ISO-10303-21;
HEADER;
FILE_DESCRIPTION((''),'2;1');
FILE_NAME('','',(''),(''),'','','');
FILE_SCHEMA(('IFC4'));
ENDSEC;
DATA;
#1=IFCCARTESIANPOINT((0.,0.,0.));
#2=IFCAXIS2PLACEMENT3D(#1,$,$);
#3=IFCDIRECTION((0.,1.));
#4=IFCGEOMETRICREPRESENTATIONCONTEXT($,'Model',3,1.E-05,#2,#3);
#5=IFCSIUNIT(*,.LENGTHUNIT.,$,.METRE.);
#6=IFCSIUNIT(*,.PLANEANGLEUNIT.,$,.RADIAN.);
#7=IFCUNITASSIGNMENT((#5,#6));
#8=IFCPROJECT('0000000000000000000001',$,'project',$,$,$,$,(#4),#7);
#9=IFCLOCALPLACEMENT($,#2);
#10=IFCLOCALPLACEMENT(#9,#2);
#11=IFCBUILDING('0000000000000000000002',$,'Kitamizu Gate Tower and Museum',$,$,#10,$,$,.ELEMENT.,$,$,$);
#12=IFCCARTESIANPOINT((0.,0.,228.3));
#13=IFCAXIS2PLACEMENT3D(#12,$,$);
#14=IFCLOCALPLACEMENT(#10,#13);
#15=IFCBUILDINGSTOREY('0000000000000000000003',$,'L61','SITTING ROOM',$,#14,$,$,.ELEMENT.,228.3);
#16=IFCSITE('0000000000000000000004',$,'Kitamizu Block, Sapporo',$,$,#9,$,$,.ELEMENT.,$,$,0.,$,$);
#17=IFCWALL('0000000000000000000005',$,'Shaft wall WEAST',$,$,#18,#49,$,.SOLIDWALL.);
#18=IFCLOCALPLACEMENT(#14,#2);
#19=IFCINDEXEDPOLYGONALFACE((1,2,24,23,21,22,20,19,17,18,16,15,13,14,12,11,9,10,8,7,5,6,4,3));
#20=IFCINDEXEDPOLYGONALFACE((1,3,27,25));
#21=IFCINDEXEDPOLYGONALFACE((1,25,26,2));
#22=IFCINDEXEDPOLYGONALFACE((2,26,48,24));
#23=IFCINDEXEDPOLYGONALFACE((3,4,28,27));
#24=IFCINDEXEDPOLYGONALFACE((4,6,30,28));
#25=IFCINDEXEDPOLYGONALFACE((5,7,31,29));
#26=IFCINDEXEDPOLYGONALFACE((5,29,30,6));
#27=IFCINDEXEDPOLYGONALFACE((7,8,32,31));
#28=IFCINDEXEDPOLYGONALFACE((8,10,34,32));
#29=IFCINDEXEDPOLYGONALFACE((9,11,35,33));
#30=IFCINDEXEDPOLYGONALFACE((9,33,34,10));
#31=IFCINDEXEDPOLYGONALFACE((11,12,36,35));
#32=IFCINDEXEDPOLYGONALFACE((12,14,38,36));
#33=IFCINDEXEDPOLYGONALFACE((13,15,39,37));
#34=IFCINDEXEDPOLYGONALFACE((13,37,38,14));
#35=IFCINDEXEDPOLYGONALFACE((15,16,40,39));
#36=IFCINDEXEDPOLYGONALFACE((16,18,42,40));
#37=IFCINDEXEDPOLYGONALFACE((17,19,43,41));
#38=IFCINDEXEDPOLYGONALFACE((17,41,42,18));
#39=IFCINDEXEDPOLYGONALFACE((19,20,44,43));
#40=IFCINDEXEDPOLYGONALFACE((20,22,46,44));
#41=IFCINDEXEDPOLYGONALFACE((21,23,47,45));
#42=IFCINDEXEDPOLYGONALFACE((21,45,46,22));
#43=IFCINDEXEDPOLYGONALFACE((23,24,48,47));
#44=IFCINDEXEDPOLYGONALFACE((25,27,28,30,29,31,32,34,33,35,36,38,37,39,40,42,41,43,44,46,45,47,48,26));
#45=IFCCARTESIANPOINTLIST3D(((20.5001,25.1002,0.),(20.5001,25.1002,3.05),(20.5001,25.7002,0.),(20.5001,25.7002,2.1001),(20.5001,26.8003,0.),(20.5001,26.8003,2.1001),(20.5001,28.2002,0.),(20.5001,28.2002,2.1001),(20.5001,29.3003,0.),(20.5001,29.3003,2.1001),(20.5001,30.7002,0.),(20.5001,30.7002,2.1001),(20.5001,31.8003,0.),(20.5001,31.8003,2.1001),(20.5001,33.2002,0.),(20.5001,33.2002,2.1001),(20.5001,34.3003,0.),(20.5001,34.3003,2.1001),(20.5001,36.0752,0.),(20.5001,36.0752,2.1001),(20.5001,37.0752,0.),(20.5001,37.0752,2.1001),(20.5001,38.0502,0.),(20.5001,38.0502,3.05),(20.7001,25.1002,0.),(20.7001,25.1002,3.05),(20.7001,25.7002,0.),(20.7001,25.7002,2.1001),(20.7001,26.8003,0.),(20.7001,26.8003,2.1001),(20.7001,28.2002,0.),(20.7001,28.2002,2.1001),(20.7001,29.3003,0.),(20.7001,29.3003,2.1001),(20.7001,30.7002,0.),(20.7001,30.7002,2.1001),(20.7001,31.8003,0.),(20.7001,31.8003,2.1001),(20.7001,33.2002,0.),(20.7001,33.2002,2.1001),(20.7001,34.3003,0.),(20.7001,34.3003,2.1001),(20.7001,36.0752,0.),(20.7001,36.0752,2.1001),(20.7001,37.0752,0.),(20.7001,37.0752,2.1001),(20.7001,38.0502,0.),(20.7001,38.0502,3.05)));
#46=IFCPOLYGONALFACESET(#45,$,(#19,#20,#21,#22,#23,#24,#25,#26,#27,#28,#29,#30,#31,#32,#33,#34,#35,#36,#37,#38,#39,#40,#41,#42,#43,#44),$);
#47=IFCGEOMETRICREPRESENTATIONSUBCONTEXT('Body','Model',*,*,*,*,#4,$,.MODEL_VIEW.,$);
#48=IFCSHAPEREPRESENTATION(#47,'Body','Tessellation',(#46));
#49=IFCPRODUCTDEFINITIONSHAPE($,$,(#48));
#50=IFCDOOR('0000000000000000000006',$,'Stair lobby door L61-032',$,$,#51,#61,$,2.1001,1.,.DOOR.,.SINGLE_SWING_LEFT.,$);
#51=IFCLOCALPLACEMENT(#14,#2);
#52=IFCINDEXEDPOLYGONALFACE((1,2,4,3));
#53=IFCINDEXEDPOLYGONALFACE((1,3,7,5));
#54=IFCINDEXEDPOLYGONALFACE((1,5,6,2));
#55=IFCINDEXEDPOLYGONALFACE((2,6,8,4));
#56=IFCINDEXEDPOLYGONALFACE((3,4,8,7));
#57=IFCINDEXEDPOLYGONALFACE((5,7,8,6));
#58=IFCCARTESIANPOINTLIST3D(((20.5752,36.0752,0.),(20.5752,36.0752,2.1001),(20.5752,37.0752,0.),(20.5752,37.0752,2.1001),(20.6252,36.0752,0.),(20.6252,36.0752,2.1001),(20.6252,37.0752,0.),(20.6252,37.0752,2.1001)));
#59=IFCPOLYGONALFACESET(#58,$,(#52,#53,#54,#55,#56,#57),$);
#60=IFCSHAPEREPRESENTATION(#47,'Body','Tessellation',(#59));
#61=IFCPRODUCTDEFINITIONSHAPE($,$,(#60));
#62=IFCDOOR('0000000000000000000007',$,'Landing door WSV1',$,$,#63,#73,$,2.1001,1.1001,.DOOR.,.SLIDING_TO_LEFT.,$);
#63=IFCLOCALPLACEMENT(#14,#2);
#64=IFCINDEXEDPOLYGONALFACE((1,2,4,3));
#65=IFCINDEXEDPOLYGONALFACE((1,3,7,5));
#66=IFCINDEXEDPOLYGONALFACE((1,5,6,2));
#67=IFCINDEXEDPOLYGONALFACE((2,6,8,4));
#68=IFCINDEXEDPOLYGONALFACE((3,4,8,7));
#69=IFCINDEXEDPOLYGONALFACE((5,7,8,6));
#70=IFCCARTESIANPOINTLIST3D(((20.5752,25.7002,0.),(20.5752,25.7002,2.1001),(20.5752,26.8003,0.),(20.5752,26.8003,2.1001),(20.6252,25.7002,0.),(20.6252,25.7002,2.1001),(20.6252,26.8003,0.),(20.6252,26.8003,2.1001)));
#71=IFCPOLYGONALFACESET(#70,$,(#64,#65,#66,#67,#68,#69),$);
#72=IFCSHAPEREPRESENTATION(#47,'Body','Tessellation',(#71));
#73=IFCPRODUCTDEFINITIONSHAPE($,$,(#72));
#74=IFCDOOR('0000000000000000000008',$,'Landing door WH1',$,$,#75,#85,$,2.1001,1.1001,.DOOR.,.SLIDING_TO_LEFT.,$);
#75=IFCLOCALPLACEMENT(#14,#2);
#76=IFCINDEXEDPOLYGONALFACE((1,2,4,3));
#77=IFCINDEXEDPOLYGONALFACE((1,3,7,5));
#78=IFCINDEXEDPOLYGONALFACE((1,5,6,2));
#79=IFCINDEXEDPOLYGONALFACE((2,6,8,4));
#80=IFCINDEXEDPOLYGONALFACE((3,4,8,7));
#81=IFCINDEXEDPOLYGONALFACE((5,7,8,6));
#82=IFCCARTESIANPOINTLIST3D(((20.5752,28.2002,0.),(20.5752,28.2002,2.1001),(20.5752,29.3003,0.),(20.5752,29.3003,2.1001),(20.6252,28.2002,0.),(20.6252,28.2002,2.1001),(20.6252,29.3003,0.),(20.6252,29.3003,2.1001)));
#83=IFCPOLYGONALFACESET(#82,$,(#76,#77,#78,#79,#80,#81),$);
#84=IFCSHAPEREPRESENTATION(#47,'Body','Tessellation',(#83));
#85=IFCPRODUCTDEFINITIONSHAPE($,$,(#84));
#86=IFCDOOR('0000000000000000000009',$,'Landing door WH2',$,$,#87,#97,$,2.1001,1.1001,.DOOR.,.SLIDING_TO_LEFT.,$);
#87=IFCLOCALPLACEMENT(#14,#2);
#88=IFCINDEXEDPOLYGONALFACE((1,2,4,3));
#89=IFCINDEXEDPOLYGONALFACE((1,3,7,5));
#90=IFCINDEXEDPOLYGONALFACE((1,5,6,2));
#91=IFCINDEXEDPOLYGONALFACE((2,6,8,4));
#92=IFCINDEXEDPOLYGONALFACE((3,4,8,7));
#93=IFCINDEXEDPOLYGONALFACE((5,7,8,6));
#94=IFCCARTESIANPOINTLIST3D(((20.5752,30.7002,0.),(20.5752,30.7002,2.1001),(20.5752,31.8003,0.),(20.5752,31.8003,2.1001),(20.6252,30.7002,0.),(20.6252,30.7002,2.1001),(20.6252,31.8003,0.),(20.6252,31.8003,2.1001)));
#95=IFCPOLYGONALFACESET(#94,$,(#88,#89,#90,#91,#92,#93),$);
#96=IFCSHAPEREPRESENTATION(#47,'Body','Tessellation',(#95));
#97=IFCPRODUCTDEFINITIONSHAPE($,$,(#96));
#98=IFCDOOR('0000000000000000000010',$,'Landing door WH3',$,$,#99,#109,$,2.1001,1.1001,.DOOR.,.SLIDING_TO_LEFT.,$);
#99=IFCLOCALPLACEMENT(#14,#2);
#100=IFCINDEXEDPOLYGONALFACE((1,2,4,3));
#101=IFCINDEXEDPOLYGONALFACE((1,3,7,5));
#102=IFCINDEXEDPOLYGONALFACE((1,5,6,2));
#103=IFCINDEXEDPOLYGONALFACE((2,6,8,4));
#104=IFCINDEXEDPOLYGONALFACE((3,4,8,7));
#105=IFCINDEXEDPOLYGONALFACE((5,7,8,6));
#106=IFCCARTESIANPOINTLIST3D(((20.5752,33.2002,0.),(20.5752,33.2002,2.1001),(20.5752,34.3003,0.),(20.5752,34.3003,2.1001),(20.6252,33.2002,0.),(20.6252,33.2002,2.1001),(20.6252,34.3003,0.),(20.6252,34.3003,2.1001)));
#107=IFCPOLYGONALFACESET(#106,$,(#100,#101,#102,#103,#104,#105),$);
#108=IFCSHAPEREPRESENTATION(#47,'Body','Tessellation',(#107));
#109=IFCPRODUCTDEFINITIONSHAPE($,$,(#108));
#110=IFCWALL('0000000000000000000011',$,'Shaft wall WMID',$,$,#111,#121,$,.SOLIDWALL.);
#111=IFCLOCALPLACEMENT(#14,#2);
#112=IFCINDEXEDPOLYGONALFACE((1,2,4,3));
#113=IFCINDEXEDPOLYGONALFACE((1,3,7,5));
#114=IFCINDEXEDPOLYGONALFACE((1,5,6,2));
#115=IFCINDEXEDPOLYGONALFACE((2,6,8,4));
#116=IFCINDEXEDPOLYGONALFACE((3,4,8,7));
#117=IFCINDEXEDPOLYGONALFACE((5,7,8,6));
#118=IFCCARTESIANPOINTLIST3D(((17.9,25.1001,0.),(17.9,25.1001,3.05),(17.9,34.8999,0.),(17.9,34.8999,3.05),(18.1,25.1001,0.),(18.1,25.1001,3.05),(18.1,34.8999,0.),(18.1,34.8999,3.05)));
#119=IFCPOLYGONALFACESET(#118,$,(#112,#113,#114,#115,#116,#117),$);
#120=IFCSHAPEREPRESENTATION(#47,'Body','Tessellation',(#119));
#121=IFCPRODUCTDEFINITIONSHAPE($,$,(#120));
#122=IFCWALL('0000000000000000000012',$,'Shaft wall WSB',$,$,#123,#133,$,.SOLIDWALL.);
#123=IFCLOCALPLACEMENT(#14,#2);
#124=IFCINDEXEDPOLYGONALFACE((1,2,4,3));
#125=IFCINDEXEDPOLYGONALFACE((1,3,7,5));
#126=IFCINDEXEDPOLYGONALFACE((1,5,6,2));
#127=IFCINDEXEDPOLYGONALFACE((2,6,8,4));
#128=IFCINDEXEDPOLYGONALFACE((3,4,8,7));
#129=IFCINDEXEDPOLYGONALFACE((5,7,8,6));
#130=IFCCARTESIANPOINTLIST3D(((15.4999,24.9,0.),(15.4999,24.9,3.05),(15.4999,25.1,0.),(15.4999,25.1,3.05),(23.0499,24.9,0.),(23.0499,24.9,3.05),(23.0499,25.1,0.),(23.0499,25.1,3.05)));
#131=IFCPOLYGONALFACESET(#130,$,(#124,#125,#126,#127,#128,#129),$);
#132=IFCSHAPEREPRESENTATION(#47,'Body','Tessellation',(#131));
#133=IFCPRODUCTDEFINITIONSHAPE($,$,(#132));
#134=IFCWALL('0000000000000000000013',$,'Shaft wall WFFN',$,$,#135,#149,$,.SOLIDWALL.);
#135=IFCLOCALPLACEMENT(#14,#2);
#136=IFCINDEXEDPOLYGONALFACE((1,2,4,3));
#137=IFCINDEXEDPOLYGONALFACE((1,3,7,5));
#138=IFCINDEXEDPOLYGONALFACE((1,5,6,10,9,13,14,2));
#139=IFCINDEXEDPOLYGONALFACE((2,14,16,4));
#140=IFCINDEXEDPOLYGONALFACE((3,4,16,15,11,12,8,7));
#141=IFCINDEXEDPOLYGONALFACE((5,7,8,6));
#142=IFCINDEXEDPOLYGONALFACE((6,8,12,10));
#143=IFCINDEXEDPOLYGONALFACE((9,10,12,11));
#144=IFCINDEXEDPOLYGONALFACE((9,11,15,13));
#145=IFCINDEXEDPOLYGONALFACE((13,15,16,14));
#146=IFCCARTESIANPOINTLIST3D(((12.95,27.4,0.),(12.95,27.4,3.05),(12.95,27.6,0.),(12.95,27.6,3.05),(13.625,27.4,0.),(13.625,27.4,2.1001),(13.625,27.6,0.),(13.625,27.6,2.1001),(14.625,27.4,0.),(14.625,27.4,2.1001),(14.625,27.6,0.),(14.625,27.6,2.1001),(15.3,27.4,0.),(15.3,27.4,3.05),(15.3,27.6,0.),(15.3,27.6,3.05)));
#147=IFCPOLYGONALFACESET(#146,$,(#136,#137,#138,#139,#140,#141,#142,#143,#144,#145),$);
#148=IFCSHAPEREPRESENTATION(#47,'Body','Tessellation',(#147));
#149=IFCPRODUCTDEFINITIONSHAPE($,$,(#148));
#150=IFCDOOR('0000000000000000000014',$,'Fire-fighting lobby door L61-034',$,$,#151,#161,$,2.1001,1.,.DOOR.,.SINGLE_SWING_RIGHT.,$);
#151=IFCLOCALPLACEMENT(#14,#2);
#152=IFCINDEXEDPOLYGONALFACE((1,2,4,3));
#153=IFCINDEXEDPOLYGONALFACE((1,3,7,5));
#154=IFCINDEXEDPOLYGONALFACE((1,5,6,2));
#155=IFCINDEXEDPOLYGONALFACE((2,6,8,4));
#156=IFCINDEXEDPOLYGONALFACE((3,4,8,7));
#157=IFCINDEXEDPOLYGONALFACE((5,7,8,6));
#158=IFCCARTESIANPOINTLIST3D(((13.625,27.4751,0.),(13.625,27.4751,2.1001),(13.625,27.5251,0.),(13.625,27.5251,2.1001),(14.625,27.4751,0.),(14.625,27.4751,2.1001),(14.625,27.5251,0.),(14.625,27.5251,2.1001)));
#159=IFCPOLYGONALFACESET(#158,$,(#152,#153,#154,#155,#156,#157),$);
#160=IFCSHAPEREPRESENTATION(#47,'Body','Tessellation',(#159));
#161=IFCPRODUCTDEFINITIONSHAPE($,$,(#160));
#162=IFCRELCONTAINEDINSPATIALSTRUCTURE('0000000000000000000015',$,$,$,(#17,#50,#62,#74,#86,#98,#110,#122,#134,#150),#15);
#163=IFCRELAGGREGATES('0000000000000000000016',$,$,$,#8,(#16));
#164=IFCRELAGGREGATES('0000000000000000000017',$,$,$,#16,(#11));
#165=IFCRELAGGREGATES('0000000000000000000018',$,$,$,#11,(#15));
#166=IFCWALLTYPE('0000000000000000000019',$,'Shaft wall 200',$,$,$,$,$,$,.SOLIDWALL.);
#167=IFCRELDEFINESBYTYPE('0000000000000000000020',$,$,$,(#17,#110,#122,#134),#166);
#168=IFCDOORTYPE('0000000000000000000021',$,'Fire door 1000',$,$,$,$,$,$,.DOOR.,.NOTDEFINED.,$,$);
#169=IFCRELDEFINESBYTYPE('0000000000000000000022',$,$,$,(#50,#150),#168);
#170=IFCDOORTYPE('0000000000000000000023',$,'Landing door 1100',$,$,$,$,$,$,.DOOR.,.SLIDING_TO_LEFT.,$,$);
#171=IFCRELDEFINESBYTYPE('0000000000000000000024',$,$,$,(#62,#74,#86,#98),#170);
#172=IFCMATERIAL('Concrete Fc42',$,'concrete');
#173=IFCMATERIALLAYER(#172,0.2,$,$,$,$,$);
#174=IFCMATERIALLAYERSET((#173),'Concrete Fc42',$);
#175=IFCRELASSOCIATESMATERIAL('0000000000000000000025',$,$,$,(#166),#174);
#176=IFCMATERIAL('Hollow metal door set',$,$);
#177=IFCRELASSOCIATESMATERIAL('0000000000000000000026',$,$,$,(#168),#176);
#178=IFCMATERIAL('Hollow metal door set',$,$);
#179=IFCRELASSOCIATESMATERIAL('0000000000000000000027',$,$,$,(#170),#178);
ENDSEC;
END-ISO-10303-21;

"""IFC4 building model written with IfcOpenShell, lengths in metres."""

from ifc_helpers import new_model, si_unit, direction, frame, frame_2d, origin, place, context, subcontext, project, spatial, rectangle, extrude, material, layer, layer_set, type_object, element, fill, save


model = new_model("IFC4")

# Units and contexts
model_context = context("Model", 3, precision=1e-05, world=origin(), true_north=direction((0.0, 1.0)))
body_context = subcontext(model_context, "Body", "Model", "MODEL_VIEW")
ifc_project = project(units=[si_unit("LENGTHUNIT", "METRE"), si_unit("PLANEANGLEUNIT", "RADIAN")], contexts=[model_context])

# Site, building, storey
site_placement = place(None, origin())
site = spatial("IfcSite", under=ifc_project, at=site_placement, Name="Kitamizu Block, Sapporo", CompositionType="ELEMENT", RefElevation=0.0)
building_placement = place(site_placement, origin())
building = spatial("IfcBuilding", under=site, at=building_placement, Name="Kitamizu Gate Tower and Museum", CompositionType="ELEMENT")
storey_placement = place(building_placement, frame((0.0, 0.0, 228.3)))
storey = spatial("IfcBuildingStorey", under=building, at=storey_placement, Name="L61", Description="SITTING ROOM", CompositionType="ELEMENT", Elevation=228.3)

# Wall, openings, doors
ifc_material_1 = material(Name="Concrete Fc42", Category="concrete")
ifc_layer_1 = layer(ifc_material_1, 0.2)
ifc_layer_set_1 = layer_set([ifc_layer_1], Name="Concrete Fc42")
wall_type_1 = type_object("IfcWallType", Name="Shaft wall 200", PredefinedType="SOLIDWALL", material=ifc_layer_set_1)
ifc_material_2 = material(Name="Hollow metal door set")
door_type_1 = type_object("IfcDoorType", Name="Fire door 1000", OperationType="NOTDEFINED", PredefinedType="DOOR", material=ifc_material_2)
ifc_material_3 = material(Name="Hollow metal door set")
door_type_2 = type_object("IfcDoorType", Name="Landing door 1100", OperationType="SLIDING_TO_LEFT", PredefinedType="DOOR", material=ifc_material_3)
wall_1_placement = place(storey_placement, frame((20.6001, 25.1001, 0.0), z_axis=(0.0, 0.0, 1.0), x_axis=(0.0, 1.0, 0.0)))
wall_1 = element("IfcWall", 1, at=wall_1_placement, inside=storey, type_object=wall_type_1, Name="Shaft wall WEAST", PredefinedType="SOLIDWALL", context=body_context, shape_type="SweptSolid", body=[
    extrude(rectangle(XDim=12.95, YDim=0.2, at=frame_2d((6.4751, 0.0))), origin(), (0.0, 0.0, 1.0), 3.05),
])
opening_1_placement = place(wall_1_placement, frame((0.6001, 0.0, 0.0)))
opening_1 = element("IfcOpeningElement", 2, at=opening_1_placement, cuts=wall_1, PredefinedType="OPENING", context=body_context, shape_type="SweptSolid", body=[
    extrude(rectangle(XDim=1.1001, YDim=2.1001, at=frame_2d((0.55, 1.05))), frame((0.0, 0.1099, 0.0), z_axis=(0.0, -1.0, 0.0), x_axis=(1.0, 0.0, 0.0)), (0.0, 0.0, 1.0), 0.22),
])
opening_2_placement = place(wall_1_placement, frame((3.1001, 0.0, 0.0)))
opening_2 = element("IfcOpeningElement", 3, at=opening_2_placement, cuts=wall_1, PredefinedType="OPENING", context=body_context, shape_type="SweptSolid", body=[
    extrude(rectangle(XDim=1.1001, YDim=2.1001, at=frame_2d((0.55, 1.05))), frame((0.0, 0.1099, 0.0), z_axis=(0.0, -1.0, 0.0), x_axis=(1.0, 0.0, 0.0)), (0.0, 0.0, 1.0), 0.22),
])
opening_3_placement = place(wall_1_placement, frame((5.6001, 0.0, 0.0)))
opening_3 = element("IfcOpeningElement", 4, at=opening_3_placement, cuts=wall_1, PredefinedType="OPENING", context=body_context, shape_type="SweptSolid", body=[
    extrude(rectangle(XDim=1.1001, YDim=2.1001, at=frame_2d((0.55, 1.05))), frame((0.0, 0.1099, 0.0), z_axis=(0.0, -1.0, 0.0), x_axis=(1.0, 0.0, 0.0)), (0.0, 0.0, 1.0), 0.22),
])
opening_4_placement = place(wall_1_placement, frame((8.1001, 0.0, 0.0)))
opening_4 = element("IfcOpeningElement", 5, at=opening_4_placement, cuts=wall_1, PredefinedType="OPENING", context=body_context, shape_type="SweptSolid", body=[
    extrude(rectangle(XDim=1.1001, YDim=2.1001, at=frame_2d((0.55, 1.05))), frame((0.0, 0.1099, 0.0), z_axis=(0.0, -1.0, 0.0), x_axis=(1.0, 0.0, 0.0)), (0.0, 0.0, 1.0), 0.22),
])
opening_5_placement = place(wall_1_placement, frame((10.9751, 0.0, 0.0)))
opening_5 = element("IfcOpeningElement", 6, at=opening_5_placement, cuts=wall_1, PredefinedType="OPENING", context=body_context, shape_type="SweptSolid", body=[
    extrude(rectangle(XDim=1.0, YDim=2.1001, at=frame_2d((0.5, 1.05))), frame((0.0, 0.1099, 0.0), z_axis=(0.0, -1.0, 0.0), x_axis=(1.0, 0.0, 0.0)), (0.0, 0.0, 1.0), 0.22),
])
door_1_placement = place(opening_5_placement, origin())
door_1 = element("IfcDoor", 7, at=door_1_placement, inside=storey, type_object=door_type_1, Name="Stair lobby door L61-032", OperationType="SINGLE_SWING_LEFT", OverallHeight=2.1001, OverallWidth=1.0, PredefinedType="DOOR", context=body_context, shape_type="SweptSolid", body=[
    extrude(rectangle(XDim=1.0, YDim=2.1001, at=frame_2d((0.5, 1.05))), frame((0.0, 0.0249, 0.0), z_axis=(0.0, -1.0, 0.0), x_axis=(1.0, 0.0, 0.0)), (0.0, 0.0, 1.0), 0.05),
])
fill(opening_5, door_1)
door_2_placement = place(opening_1_placement, origin())
door_2 = element("IfcDoor", 8, at=door_2_placement, inside=storey, type_object=door_type_2, Name="Landing door WSV1", OperationType="SLIDING_TO_LEFT", OverallHeight=2.1001, OverallWidth=1.1001, PredefinedType="DOOR", context=body_context, shape_type="SweptSolid", body=[
    extrude(rectangle(XDim=1.1001, YDim=2.1001, at=frame_2d((0.55, 1.05))), frame((0.0, 0.0249, 0.0), z_axis=(0.0, -1.0, 0.0), x_axis=(1.0, 0.0, 0.0)), (0.0, 0.0, 1.0), 0.05),
])
fill(opening_1, door_2)
door_3_placement = place(opening_2_placement, origin())
door_3 = element("IfcDoor", 9, at=door_3_placement, inside=storey, type_object=door_type_2, Name="Landing door WH1", OperationType="SLIDING_TO_LEFT", OverallHeight=2.1001, OverallWidth=1.1001, PredefinedType="DOOR", context=body_context, shape_type="SweptSolid", body=[
    extrude(rectangle(XDim=1.1001, YDim=2.1001, at=frame_2d((0.55, 1.05))), frame((0.0, 0.0249, 0.0), z_axis=(0.0, -1.0, 0.0), x_axis=(1.0, 0.0, 0.0)), (0.0, 0.0, 1.0), 0.05),
])
fill(opening_2, door_3)
door_4_placement = place(opening_3_placement, origin())
door_4 = element("IfcDoor", 10, at=door_4_placement, inside=storey, type_object=door_type_2, Name="Landing door WH2", OperationType="SLIDING_TO_LEFT", OverallHeight=2.1001, OverallWidth=1.1001, PredefinedType="DOOR", context=body_context, shape_type="SweptSolid", body=[
    extrude(rectangle(XDim=1.1001, YDim=2.1001, at=frame_2d((0.55, 1.05))), frame((0.0, 0.0249, 0.0), z_axis=(0.0, -1.0, 0.0), x_axis=(1.0, 0.0, 0.0)), (0.0, 0.0, 1.0), 0.05),
])
fill(opening_3, door_4)
door_5_placement = place(opening_4_placement, origin())
door_5 = element("IfcDoor", 11, at=door_5_placement, inside=storey, type_object=door_type_2, Name="Landing door WH3", OperationType="SLIDING_TO_LEFT", OverallHeight=2.1001, OverallWidth=1.1001, PredefinedType="DOOR", context=body_context, shape_type="SweptSolid", body=[
    extrude(rectangle(XDim=1.1001, YDim=2.1001, at=frame_2d((0.55, 1.05))), frame((0.0, 0.0249, 0.0), z_axis=(0.0, -1.0, 0.0), x_axis=(1.0, 0.0, 0.0)), (0.0, 0.0, 1.0), 0.05),
])
fill(opening_4, door_5)

# Walls
wall_2_placement = place(storey_placement, frame((18.0, 25.1001, 0.0), z_axis=(0.0, 0.0, 1.0), x_axis=(0.0, 1.0, 0.0)))
element("IfcWall", 12, at=wall_2_placement, inside=storey, type_object=wall_type_1, Name="Shaft wall WMID", PredefinedType="SOLIDWALL", context=body_context, shape_type="SweptSolid", body=[
    extrude(rectangle(XDim=9.7998, YDim=0.2, at=frame_2d((4.8999, 0.0))), origin(), (0.0, 0.0, 1.0), 3.05),
])
wall_3_placement = place(storey_placement, frame((15.5, 25.0, 0.0), z_axis=(0.0, 0.0, 1.0), x_axis=(1.0, 0.0, 0.0)))
element("IfcWall", 13, at=wall_3_placement, inside=storey, type_object=wall_type_1, Name="Shaft wall WSB", PredefinedType="SOLIDWALL", context=body_context, shape_type="SweptSolid", body=[
    extrude(rectangle(XDim=7.55, YDim=0.2, at=frame_2d((3.7749, 0.0))), origin(), (0.0, 0.0, 1.0), 3.05),
])

# Wall, opening, door
wall_4_placement = place(storey_placement, frame((12.95, 27.5, 0.0), z_axis=(0.0, 0.0, 1.0), x_axis=(1.0, 0.0, 0.0)))
wall_4 = element("IfcWall", 14, at=wall_4_placement, inside=storey, type_object=wall_type_1, Name="Shaft wall WFFN", PredefinedType="SOLIDWALL", context=body_context, shape_type="SweptSolid", body=[
    extrude(rectangle(XDim=2.3501, YDim=0.2, at=frame_2d((1.175, 0.0))), origin(), (0.0, 0.0, 1.0), 3.05),
])
opening_6_placement = place(wall_4_placement, frame((0.675, 0.0, 0.0)))
opening_6 = element("IfcOpeningElement", 15, at=opening_6_placement, cuts=wall_4, PredefinedType="OPENING", context=body_context, shape_type="SweptSolid", body=[
    extrude(rectangle(XDim=1.0, YDim=2.1001, at=frame_2d((0.5, 1.05))), frame((0.0, 0.1099, 0.0), z_axis=(0.0, -1.0, 0.0), x_axis=(1.0, 0.0, 0.0)), (0.0, 0.0, 1.0), 0.22),
])
door_6_placement = place(opening_6_placement, frame((1.0, 0.0, 0.0), x_axis=(-1.0, 0.0, 0.0)))
door_6 = element("IfcDoor", 16, at=door_6_placement, inside=storey, type_object=door_type_1, Name="Fire-fighting lobby door L61-034", OperationType="SINGLE_SWING_RIGHT", OverallHeight=2.1001, OverallWidth=1.0, PredefinedType="DOOR", context=body_context, shape_type="SweptSolid", body=[
    extrude(rectangle(XDim=1.0, YDim=2.1001, at=frame_2d((0.5, 1.05))), frame((0.0, 0.0249, 0.0), z_axis=(0.0, -1.0, 0.0), x_axis=(1.0, 0.0, 0.0)), (0.0, 0.0, 1.0), 0.05),
])
fill(opening_6, door_6)

save(model, "model.ifc")
